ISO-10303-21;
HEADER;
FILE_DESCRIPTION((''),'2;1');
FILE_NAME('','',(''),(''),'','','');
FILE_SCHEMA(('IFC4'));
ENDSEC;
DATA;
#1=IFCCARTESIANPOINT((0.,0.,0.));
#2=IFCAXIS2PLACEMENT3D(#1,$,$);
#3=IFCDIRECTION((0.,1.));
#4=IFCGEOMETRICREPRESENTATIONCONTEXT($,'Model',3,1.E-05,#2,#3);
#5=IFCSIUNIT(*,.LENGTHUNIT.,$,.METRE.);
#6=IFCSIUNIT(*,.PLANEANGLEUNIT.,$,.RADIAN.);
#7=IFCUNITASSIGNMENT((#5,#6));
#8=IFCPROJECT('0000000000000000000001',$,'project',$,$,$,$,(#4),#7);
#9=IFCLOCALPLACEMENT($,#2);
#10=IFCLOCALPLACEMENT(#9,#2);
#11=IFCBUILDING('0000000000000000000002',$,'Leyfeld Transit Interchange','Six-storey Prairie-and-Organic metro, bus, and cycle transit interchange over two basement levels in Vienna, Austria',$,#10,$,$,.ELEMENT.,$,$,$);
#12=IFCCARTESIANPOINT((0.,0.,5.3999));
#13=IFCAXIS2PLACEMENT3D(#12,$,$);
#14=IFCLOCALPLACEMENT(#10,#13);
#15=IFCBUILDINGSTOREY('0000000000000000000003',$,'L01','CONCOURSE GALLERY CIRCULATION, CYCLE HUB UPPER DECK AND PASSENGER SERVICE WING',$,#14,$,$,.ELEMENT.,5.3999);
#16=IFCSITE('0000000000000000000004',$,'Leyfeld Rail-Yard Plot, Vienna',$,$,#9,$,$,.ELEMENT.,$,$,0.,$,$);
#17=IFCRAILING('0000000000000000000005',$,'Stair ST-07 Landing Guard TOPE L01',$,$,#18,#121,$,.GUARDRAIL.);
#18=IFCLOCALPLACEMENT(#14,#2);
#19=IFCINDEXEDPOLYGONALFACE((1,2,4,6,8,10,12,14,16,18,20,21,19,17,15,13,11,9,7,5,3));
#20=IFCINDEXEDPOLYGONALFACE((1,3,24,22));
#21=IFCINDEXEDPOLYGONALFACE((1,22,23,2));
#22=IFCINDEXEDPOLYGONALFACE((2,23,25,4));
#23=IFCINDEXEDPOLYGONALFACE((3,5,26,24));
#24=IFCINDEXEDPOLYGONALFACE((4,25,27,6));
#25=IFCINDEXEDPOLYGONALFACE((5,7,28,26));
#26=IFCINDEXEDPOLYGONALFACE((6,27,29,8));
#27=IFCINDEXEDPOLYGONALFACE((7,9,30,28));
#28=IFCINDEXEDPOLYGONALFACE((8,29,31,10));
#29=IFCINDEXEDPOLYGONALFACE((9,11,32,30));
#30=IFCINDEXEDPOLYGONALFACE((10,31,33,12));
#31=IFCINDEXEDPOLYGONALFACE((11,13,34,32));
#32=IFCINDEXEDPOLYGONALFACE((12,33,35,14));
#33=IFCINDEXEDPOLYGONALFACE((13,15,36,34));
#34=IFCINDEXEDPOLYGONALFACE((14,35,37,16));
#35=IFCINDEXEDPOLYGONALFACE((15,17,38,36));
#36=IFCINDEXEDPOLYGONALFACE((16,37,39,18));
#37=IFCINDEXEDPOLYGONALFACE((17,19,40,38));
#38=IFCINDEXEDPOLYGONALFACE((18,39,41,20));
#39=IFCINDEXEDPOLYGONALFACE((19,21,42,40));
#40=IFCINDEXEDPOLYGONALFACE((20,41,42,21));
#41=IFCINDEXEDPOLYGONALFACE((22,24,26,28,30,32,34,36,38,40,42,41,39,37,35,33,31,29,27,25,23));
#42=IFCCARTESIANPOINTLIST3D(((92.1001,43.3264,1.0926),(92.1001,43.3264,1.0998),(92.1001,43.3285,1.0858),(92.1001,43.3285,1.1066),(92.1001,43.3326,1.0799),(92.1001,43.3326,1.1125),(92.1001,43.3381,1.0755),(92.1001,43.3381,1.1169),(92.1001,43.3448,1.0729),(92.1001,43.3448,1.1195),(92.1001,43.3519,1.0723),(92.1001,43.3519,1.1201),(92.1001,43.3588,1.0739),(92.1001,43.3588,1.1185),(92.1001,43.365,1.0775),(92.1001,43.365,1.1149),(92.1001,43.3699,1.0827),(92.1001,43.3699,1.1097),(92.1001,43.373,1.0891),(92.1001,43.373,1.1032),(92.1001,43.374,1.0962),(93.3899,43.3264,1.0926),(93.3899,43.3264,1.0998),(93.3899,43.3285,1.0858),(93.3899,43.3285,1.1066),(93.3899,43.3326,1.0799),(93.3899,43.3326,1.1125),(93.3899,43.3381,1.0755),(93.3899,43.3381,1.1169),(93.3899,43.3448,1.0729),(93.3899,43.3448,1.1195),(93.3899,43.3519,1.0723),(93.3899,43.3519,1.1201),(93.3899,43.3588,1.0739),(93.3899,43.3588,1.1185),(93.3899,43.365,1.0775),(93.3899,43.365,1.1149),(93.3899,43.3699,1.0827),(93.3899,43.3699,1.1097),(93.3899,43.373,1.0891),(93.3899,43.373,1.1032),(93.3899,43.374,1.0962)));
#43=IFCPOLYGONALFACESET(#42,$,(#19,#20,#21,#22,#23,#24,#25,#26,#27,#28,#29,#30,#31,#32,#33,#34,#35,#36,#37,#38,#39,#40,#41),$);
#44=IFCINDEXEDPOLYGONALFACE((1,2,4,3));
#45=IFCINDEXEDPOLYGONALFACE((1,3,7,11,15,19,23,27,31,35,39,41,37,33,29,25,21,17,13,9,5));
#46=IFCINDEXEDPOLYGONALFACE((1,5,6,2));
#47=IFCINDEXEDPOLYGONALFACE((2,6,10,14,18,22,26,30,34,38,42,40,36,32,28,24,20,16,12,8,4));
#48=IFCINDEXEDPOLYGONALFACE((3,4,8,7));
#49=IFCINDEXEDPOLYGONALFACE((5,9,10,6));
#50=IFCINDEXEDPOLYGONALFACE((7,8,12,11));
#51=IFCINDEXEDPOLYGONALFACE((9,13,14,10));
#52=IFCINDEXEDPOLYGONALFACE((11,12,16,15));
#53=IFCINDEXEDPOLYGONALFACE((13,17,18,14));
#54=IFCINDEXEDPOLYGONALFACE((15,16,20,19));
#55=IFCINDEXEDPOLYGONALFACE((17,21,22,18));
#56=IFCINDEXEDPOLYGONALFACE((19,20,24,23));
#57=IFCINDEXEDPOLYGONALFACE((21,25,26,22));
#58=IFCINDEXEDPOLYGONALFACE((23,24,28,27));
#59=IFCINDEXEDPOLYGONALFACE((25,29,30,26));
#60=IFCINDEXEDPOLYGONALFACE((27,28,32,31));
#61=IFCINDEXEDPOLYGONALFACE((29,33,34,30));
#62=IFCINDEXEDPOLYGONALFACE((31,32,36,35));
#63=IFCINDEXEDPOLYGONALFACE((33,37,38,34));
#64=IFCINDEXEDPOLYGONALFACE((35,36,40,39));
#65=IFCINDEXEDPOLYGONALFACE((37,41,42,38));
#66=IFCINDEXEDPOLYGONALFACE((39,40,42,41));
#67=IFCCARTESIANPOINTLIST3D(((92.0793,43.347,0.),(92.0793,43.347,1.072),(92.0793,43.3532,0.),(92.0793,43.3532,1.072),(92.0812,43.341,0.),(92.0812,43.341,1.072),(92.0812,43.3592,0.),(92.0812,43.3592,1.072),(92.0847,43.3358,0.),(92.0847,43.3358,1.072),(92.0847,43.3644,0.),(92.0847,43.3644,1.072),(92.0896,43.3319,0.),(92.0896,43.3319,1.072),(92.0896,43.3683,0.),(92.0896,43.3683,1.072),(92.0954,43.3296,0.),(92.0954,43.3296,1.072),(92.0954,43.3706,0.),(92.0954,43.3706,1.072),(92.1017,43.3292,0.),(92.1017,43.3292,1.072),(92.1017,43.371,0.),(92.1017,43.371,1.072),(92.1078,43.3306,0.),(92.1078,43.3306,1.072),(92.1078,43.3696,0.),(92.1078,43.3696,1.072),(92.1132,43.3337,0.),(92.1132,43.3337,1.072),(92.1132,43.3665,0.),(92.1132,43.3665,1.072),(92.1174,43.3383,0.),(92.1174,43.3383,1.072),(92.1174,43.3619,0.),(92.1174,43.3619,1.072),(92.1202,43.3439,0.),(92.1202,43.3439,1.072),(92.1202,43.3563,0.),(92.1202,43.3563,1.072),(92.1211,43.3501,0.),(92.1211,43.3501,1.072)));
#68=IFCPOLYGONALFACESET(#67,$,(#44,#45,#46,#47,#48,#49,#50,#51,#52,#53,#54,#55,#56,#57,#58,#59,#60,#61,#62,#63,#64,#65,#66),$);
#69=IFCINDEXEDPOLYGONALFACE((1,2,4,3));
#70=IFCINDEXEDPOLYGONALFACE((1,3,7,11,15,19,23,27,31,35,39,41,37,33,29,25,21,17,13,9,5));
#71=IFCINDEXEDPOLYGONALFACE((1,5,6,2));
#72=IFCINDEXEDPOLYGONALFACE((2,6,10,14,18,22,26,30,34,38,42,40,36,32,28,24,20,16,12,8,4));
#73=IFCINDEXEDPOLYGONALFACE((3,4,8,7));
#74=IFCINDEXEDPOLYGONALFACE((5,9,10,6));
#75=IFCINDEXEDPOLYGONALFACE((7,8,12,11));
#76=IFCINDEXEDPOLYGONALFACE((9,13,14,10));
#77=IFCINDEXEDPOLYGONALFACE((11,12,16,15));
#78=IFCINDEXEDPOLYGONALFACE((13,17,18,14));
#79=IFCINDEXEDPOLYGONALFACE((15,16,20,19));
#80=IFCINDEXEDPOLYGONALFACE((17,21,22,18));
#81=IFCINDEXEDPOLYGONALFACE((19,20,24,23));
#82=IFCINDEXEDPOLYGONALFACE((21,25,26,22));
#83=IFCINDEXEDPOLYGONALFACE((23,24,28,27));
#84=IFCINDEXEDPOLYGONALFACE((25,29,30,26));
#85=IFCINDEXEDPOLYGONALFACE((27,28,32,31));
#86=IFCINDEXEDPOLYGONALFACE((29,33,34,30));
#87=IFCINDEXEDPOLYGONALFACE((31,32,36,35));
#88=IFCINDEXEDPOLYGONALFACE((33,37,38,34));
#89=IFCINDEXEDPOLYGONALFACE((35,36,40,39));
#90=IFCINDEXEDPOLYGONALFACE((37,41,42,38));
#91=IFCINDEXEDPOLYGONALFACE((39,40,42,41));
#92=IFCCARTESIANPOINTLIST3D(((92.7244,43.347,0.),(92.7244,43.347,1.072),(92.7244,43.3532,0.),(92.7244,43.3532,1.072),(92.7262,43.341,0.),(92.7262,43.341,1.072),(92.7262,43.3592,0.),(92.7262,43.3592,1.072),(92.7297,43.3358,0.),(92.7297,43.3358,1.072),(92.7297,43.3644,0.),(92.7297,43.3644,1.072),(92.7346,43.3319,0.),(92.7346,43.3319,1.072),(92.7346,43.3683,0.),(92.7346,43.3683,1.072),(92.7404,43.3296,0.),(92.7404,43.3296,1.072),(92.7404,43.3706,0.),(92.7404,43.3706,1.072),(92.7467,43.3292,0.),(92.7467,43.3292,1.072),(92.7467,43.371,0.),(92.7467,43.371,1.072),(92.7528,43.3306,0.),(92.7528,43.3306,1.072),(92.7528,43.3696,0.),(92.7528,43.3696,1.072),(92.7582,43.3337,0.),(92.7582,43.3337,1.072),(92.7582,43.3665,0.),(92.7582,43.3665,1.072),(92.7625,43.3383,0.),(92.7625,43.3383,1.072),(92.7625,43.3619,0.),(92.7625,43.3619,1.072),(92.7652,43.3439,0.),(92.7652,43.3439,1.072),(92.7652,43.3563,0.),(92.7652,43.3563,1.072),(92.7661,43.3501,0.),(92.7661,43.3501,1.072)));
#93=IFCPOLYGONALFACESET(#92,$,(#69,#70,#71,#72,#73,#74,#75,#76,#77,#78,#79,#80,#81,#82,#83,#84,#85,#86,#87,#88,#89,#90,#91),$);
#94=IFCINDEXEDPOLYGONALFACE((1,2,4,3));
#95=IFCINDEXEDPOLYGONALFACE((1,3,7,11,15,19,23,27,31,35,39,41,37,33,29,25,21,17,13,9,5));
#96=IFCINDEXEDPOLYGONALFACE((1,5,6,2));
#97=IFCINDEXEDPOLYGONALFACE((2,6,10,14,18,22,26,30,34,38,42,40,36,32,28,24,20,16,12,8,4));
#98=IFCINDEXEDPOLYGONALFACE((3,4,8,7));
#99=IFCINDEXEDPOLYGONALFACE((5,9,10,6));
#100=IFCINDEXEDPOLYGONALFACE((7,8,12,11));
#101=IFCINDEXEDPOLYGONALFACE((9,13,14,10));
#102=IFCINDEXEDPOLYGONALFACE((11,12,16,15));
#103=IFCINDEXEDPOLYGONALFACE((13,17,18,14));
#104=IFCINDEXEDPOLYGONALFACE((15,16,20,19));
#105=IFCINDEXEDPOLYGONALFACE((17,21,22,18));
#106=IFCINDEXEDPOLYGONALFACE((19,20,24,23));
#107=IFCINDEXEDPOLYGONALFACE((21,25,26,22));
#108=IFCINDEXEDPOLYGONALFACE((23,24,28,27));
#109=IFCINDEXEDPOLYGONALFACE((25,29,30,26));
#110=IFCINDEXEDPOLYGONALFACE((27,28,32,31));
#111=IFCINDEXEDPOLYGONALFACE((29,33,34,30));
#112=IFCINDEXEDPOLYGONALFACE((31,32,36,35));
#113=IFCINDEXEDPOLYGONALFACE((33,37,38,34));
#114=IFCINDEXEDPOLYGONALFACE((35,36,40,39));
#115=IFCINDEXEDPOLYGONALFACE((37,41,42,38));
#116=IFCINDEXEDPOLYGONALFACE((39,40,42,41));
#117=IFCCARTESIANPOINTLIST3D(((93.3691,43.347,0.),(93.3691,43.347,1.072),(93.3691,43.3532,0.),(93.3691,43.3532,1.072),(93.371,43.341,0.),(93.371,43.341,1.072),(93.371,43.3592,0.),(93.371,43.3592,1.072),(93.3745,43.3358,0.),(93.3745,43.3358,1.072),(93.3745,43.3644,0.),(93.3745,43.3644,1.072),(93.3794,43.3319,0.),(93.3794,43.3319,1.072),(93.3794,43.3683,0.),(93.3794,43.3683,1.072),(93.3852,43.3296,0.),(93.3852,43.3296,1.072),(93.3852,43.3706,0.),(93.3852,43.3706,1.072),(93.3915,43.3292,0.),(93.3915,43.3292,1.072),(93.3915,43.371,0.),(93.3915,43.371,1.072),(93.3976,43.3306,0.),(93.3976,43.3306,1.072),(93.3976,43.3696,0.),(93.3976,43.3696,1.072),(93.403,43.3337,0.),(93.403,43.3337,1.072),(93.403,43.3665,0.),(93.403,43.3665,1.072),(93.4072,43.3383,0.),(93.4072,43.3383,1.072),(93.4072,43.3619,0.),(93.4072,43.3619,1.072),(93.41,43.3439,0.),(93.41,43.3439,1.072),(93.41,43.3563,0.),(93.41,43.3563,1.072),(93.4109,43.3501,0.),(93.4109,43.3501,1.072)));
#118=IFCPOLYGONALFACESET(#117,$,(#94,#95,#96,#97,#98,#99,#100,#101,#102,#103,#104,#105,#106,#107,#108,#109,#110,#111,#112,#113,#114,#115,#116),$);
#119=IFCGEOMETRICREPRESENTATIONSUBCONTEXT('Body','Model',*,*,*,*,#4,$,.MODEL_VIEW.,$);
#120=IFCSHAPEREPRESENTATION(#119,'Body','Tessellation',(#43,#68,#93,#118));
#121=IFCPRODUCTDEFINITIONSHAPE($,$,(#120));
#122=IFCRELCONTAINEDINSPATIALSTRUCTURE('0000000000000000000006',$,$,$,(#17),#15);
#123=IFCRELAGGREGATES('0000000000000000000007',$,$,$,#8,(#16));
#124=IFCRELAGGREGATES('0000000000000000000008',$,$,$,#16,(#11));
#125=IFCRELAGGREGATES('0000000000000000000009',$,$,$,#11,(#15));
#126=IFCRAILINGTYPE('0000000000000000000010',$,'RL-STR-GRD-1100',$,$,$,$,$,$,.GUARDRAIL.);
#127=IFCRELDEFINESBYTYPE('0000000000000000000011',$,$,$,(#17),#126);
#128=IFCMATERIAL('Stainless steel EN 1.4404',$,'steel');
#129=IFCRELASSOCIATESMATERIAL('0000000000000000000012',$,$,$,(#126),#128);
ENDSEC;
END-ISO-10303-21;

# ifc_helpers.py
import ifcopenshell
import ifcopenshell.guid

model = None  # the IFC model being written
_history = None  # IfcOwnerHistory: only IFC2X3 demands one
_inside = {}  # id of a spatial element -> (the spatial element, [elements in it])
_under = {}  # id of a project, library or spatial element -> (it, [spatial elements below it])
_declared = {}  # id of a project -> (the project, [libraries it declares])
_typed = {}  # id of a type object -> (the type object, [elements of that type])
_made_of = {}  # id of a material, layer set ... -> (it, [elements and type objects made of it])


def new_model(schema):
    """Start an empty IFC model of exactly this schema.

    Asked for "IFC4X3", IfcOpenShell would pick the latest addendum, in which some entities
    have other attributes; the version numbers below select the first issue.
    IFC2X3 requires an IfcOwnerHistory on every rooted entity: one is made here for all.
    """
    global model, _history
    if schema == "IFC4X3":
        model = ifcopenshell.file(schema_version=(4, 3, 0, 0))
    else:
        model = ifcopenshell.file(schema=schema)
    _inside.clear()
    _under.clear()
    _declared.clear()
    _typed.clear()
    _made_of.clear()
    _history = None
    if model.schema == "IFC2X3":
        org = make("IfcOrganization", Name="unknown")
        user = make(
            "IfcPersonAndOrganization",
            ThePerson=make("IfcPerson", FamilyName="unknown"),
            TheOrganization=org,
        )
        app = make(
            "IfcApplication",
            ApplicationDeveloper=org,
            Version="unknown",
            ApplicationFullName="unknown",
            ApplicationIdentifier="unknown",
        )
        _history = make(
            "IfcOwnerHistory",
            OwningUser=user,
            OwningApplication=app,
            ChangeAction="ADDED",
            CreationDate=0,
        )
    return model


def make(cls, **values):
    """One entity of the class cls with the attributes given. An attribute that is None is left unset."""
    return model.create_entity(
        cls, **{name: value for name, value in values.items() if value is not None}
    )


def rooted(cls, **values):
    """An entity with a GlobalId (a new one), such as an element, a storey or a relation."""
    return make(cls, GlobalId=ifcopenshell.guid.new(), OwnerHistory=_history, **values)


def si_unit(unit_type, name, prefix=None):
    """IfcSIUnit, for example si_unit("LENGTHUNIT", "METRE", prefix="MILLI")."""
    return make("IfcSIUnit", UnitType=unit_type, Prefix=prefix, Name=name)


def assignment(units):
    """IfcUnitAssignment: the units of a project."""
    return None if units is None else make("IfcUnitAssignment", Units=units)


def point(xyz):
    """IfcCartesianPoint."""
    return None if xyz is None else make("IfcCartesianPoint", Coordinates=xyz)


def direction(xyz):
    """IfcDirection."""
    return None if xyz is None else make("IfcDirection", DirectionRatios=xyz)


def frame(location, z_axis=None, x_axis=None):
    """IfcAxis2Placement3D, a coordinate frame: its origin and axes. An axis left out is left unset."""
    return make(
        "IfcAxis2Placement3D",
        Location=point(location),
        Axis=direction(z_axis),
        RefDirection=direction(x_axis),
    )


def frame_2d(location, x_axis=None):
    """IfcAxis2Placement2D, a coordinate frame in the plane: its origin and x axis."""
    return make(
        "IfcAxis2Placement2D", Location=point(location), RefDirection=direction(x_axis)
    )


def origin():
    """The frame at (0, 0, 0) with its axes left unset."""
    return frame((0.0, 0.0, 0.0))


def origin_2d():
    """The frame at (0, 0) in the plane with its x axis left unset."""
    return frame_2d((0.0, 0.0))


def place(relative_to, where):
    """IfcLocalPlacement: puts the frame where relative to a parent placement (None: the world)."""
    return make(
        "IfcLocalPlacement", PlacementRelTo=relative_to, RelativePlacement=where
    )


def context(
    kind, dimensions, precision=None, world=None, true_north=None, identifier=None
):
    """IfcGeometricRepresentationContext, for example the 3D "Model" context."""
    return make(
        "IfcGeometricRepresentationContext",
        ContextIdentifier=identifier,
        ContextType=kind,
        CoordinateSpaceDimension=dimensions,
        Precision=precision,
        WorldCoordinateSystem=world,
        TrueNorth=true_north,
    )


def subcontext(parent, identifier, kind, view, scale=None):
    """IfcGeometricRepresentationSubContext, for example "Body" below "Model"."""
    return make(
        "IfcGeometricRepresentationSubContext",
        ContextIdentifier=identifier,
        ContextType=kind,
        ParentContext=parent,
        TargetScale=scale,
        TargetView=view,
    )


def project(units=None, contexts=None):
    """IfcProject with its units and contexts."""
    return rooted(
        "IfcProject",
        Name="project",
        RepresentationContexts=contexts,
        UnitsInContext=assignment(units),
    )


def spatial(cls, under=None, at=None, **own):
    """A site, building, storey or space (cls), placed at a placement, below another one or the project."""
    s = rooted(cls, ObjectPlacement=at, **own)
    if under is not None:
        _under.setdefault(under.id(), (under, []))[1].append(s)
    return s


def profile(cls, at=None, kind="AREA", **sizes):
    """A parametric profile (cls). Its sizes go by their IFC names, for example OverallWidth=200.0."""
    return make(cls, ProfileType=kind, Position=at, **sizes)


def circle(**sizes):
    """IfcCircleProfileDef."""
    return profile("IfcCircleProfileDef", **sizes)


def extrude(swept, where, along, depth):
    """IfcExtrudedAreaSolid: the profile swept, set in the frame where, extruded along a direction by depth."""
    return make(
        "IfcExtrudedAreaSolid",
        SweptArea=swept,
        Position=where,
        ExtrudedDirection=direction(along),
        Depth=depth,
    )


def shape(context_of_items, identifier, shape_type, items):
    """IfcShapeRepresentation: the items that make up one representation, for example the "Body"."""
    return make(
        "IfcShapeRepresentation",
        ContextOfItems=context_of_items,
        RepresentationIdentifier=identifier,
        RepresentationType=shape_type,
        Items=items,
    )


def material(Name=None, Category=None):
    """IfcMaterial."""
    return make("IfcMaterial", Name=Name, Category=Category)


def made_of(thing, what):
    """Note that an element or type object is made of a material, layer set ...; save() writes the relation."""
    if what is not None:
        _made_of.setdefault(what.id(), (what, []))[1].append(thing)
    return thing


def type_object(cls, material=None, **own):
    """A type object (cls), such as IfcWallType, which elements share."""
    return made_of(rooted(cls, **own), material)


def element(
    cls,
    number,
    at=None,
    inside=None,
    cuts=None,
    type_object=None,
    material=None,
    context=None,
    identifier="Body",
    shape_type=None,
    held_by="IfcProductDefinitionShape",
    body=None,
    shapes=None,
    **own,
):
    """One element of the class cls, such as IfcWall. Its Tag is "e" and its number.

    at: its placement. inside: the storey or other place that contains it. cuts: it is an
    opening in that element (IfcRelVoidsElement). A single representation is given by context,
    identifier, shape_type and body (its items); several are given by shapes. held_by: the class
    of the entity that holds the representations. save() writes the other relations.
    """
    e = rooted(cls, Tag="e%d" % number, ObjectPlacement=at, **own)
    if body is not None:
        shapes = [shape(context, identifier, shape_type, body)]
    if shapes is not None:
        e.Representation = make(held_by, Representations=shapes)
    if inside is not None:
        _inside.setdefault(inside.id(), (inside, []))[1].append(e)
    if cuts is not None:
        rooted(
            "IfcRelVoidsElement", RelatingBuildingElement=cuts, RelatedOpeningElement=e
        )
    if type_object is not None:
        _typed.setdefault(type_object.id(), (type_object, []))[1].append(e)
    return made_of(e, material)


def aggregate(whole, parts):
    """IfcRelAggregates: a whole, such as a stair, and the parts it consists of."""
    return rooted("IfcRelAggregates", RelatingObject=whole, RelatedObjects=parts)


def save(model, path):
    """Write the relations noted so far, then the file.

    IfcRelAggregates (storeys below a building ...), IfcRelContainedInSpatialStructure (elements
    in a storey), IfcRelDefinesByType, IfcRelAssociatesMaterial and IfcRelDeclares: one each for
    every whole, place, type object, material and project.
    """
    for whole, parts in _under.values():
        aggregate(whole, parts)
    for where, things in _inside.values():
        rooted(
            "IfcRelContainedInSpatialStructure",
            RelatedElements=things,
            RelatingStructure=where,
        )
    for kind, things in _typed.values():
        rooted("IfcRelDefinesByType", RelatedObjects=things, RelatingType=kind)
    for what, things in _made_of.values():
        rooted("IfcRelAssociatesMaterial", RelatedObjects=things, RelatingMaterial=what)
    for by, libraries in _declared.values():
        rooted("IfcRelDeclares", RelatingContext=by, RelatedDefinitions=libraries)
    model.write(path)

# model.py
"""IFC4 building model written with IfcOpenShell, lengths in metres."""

from ifc_helpers import new_model, si_unit, direction, frame, origin, origin_2d, place, context, subcontext, project, spatial, circle, extrude, material, type_object, element, save


model = new_model("IFC4")

# Units and contexts
model_context = context("Model", 3, precision=1e-05, world=origin(), true_north=direction((0.0, 1.0)))
body_context = subcontext(model_context, "Body", "Model", "MODEL_VIEW")
ifc_project = project(units=[si_unit("LENGTHUNIT", "METRE"), si_unit("PLANEANGLEUNIT", "RADIAN")], contexts=[model_context])

# Site, building, storey
site_placement = place(None, origin())
site = spatial("IfcSite", under=ifc_project, at=site_placement, Name="Leyfeld Rail-Yard Plot, Vienna", CompositionType="ELEMENT", RefElevation=0.0)
building_placement = place(site_placement, origin())
building = spatial("IfcBuilding", under=site, at=building_placement, Name="Leyfeld Transit Interchange", Description="Six-storey Prairie-and-Organic metro, bus, and cycle transit interchange over two basement levels in Vienna, Austria", CompositionType="ELEMENT")
storey_placement = place(building_placement, frame((0.0, 0.0, 5.3999)))
storey = spatial("IfcBuildingStorey", under=building, at=storey_placement, Name="L01", Description="CONCOURSE GALLERY CIRCULATION, CYCLE HUB UPPER DECK AND PASSENGER SERVICE WING", CompositionType="ELEMENT", Elevation=5.3999)

# Railing
ifc_material_1 = material(Name="Stainless steel EN 1.4404", Category="steel")
railing_type = type_object("IfcRailingType", Name="RL-STR-GRD-1100", PredefinedType="GUARDRAIL", material=ifc_material_1)
railing_1_placement = place(storey_placement, frame((92.1001, 43.3501, 0.0)))
element("IfcRailing", 1, at=railing_1_placement, inside=storey, type_object=railing_type, Name="Stair ST-07 Landing Guard TOPE L01", PredefinedType="GUARDRAIL", context=body_context, shape_type="SweptSolid", body=[
    extrude(circle(Radius=0.0239, at=origin_2d()), frame((0.0, 0.0, 1.0962), z_axis=(1.0, 0.0, 0.0), x_axis=(0.0, 1.0, 0.0)), (0.0, 0.0, 1.0), 1.2898),
    extrude(circle(Radius=0.021, at=origin_2d()), origin(), (0.0, 0.0, 1.0), 1.072),
    extrude(circle(Radius=0.021, at=origin_2d()), frame((0.645, 0.0, 0.0)), (0.0, 0.0, 1.0), 1.072),
    extrude(circle(Radius=0.021, at=origin_2d()), frame((1.2898, 0.0, 0.0)), (0.0, 0.0, 1.0), 1.072),
])

save(model, "model.ifc")
